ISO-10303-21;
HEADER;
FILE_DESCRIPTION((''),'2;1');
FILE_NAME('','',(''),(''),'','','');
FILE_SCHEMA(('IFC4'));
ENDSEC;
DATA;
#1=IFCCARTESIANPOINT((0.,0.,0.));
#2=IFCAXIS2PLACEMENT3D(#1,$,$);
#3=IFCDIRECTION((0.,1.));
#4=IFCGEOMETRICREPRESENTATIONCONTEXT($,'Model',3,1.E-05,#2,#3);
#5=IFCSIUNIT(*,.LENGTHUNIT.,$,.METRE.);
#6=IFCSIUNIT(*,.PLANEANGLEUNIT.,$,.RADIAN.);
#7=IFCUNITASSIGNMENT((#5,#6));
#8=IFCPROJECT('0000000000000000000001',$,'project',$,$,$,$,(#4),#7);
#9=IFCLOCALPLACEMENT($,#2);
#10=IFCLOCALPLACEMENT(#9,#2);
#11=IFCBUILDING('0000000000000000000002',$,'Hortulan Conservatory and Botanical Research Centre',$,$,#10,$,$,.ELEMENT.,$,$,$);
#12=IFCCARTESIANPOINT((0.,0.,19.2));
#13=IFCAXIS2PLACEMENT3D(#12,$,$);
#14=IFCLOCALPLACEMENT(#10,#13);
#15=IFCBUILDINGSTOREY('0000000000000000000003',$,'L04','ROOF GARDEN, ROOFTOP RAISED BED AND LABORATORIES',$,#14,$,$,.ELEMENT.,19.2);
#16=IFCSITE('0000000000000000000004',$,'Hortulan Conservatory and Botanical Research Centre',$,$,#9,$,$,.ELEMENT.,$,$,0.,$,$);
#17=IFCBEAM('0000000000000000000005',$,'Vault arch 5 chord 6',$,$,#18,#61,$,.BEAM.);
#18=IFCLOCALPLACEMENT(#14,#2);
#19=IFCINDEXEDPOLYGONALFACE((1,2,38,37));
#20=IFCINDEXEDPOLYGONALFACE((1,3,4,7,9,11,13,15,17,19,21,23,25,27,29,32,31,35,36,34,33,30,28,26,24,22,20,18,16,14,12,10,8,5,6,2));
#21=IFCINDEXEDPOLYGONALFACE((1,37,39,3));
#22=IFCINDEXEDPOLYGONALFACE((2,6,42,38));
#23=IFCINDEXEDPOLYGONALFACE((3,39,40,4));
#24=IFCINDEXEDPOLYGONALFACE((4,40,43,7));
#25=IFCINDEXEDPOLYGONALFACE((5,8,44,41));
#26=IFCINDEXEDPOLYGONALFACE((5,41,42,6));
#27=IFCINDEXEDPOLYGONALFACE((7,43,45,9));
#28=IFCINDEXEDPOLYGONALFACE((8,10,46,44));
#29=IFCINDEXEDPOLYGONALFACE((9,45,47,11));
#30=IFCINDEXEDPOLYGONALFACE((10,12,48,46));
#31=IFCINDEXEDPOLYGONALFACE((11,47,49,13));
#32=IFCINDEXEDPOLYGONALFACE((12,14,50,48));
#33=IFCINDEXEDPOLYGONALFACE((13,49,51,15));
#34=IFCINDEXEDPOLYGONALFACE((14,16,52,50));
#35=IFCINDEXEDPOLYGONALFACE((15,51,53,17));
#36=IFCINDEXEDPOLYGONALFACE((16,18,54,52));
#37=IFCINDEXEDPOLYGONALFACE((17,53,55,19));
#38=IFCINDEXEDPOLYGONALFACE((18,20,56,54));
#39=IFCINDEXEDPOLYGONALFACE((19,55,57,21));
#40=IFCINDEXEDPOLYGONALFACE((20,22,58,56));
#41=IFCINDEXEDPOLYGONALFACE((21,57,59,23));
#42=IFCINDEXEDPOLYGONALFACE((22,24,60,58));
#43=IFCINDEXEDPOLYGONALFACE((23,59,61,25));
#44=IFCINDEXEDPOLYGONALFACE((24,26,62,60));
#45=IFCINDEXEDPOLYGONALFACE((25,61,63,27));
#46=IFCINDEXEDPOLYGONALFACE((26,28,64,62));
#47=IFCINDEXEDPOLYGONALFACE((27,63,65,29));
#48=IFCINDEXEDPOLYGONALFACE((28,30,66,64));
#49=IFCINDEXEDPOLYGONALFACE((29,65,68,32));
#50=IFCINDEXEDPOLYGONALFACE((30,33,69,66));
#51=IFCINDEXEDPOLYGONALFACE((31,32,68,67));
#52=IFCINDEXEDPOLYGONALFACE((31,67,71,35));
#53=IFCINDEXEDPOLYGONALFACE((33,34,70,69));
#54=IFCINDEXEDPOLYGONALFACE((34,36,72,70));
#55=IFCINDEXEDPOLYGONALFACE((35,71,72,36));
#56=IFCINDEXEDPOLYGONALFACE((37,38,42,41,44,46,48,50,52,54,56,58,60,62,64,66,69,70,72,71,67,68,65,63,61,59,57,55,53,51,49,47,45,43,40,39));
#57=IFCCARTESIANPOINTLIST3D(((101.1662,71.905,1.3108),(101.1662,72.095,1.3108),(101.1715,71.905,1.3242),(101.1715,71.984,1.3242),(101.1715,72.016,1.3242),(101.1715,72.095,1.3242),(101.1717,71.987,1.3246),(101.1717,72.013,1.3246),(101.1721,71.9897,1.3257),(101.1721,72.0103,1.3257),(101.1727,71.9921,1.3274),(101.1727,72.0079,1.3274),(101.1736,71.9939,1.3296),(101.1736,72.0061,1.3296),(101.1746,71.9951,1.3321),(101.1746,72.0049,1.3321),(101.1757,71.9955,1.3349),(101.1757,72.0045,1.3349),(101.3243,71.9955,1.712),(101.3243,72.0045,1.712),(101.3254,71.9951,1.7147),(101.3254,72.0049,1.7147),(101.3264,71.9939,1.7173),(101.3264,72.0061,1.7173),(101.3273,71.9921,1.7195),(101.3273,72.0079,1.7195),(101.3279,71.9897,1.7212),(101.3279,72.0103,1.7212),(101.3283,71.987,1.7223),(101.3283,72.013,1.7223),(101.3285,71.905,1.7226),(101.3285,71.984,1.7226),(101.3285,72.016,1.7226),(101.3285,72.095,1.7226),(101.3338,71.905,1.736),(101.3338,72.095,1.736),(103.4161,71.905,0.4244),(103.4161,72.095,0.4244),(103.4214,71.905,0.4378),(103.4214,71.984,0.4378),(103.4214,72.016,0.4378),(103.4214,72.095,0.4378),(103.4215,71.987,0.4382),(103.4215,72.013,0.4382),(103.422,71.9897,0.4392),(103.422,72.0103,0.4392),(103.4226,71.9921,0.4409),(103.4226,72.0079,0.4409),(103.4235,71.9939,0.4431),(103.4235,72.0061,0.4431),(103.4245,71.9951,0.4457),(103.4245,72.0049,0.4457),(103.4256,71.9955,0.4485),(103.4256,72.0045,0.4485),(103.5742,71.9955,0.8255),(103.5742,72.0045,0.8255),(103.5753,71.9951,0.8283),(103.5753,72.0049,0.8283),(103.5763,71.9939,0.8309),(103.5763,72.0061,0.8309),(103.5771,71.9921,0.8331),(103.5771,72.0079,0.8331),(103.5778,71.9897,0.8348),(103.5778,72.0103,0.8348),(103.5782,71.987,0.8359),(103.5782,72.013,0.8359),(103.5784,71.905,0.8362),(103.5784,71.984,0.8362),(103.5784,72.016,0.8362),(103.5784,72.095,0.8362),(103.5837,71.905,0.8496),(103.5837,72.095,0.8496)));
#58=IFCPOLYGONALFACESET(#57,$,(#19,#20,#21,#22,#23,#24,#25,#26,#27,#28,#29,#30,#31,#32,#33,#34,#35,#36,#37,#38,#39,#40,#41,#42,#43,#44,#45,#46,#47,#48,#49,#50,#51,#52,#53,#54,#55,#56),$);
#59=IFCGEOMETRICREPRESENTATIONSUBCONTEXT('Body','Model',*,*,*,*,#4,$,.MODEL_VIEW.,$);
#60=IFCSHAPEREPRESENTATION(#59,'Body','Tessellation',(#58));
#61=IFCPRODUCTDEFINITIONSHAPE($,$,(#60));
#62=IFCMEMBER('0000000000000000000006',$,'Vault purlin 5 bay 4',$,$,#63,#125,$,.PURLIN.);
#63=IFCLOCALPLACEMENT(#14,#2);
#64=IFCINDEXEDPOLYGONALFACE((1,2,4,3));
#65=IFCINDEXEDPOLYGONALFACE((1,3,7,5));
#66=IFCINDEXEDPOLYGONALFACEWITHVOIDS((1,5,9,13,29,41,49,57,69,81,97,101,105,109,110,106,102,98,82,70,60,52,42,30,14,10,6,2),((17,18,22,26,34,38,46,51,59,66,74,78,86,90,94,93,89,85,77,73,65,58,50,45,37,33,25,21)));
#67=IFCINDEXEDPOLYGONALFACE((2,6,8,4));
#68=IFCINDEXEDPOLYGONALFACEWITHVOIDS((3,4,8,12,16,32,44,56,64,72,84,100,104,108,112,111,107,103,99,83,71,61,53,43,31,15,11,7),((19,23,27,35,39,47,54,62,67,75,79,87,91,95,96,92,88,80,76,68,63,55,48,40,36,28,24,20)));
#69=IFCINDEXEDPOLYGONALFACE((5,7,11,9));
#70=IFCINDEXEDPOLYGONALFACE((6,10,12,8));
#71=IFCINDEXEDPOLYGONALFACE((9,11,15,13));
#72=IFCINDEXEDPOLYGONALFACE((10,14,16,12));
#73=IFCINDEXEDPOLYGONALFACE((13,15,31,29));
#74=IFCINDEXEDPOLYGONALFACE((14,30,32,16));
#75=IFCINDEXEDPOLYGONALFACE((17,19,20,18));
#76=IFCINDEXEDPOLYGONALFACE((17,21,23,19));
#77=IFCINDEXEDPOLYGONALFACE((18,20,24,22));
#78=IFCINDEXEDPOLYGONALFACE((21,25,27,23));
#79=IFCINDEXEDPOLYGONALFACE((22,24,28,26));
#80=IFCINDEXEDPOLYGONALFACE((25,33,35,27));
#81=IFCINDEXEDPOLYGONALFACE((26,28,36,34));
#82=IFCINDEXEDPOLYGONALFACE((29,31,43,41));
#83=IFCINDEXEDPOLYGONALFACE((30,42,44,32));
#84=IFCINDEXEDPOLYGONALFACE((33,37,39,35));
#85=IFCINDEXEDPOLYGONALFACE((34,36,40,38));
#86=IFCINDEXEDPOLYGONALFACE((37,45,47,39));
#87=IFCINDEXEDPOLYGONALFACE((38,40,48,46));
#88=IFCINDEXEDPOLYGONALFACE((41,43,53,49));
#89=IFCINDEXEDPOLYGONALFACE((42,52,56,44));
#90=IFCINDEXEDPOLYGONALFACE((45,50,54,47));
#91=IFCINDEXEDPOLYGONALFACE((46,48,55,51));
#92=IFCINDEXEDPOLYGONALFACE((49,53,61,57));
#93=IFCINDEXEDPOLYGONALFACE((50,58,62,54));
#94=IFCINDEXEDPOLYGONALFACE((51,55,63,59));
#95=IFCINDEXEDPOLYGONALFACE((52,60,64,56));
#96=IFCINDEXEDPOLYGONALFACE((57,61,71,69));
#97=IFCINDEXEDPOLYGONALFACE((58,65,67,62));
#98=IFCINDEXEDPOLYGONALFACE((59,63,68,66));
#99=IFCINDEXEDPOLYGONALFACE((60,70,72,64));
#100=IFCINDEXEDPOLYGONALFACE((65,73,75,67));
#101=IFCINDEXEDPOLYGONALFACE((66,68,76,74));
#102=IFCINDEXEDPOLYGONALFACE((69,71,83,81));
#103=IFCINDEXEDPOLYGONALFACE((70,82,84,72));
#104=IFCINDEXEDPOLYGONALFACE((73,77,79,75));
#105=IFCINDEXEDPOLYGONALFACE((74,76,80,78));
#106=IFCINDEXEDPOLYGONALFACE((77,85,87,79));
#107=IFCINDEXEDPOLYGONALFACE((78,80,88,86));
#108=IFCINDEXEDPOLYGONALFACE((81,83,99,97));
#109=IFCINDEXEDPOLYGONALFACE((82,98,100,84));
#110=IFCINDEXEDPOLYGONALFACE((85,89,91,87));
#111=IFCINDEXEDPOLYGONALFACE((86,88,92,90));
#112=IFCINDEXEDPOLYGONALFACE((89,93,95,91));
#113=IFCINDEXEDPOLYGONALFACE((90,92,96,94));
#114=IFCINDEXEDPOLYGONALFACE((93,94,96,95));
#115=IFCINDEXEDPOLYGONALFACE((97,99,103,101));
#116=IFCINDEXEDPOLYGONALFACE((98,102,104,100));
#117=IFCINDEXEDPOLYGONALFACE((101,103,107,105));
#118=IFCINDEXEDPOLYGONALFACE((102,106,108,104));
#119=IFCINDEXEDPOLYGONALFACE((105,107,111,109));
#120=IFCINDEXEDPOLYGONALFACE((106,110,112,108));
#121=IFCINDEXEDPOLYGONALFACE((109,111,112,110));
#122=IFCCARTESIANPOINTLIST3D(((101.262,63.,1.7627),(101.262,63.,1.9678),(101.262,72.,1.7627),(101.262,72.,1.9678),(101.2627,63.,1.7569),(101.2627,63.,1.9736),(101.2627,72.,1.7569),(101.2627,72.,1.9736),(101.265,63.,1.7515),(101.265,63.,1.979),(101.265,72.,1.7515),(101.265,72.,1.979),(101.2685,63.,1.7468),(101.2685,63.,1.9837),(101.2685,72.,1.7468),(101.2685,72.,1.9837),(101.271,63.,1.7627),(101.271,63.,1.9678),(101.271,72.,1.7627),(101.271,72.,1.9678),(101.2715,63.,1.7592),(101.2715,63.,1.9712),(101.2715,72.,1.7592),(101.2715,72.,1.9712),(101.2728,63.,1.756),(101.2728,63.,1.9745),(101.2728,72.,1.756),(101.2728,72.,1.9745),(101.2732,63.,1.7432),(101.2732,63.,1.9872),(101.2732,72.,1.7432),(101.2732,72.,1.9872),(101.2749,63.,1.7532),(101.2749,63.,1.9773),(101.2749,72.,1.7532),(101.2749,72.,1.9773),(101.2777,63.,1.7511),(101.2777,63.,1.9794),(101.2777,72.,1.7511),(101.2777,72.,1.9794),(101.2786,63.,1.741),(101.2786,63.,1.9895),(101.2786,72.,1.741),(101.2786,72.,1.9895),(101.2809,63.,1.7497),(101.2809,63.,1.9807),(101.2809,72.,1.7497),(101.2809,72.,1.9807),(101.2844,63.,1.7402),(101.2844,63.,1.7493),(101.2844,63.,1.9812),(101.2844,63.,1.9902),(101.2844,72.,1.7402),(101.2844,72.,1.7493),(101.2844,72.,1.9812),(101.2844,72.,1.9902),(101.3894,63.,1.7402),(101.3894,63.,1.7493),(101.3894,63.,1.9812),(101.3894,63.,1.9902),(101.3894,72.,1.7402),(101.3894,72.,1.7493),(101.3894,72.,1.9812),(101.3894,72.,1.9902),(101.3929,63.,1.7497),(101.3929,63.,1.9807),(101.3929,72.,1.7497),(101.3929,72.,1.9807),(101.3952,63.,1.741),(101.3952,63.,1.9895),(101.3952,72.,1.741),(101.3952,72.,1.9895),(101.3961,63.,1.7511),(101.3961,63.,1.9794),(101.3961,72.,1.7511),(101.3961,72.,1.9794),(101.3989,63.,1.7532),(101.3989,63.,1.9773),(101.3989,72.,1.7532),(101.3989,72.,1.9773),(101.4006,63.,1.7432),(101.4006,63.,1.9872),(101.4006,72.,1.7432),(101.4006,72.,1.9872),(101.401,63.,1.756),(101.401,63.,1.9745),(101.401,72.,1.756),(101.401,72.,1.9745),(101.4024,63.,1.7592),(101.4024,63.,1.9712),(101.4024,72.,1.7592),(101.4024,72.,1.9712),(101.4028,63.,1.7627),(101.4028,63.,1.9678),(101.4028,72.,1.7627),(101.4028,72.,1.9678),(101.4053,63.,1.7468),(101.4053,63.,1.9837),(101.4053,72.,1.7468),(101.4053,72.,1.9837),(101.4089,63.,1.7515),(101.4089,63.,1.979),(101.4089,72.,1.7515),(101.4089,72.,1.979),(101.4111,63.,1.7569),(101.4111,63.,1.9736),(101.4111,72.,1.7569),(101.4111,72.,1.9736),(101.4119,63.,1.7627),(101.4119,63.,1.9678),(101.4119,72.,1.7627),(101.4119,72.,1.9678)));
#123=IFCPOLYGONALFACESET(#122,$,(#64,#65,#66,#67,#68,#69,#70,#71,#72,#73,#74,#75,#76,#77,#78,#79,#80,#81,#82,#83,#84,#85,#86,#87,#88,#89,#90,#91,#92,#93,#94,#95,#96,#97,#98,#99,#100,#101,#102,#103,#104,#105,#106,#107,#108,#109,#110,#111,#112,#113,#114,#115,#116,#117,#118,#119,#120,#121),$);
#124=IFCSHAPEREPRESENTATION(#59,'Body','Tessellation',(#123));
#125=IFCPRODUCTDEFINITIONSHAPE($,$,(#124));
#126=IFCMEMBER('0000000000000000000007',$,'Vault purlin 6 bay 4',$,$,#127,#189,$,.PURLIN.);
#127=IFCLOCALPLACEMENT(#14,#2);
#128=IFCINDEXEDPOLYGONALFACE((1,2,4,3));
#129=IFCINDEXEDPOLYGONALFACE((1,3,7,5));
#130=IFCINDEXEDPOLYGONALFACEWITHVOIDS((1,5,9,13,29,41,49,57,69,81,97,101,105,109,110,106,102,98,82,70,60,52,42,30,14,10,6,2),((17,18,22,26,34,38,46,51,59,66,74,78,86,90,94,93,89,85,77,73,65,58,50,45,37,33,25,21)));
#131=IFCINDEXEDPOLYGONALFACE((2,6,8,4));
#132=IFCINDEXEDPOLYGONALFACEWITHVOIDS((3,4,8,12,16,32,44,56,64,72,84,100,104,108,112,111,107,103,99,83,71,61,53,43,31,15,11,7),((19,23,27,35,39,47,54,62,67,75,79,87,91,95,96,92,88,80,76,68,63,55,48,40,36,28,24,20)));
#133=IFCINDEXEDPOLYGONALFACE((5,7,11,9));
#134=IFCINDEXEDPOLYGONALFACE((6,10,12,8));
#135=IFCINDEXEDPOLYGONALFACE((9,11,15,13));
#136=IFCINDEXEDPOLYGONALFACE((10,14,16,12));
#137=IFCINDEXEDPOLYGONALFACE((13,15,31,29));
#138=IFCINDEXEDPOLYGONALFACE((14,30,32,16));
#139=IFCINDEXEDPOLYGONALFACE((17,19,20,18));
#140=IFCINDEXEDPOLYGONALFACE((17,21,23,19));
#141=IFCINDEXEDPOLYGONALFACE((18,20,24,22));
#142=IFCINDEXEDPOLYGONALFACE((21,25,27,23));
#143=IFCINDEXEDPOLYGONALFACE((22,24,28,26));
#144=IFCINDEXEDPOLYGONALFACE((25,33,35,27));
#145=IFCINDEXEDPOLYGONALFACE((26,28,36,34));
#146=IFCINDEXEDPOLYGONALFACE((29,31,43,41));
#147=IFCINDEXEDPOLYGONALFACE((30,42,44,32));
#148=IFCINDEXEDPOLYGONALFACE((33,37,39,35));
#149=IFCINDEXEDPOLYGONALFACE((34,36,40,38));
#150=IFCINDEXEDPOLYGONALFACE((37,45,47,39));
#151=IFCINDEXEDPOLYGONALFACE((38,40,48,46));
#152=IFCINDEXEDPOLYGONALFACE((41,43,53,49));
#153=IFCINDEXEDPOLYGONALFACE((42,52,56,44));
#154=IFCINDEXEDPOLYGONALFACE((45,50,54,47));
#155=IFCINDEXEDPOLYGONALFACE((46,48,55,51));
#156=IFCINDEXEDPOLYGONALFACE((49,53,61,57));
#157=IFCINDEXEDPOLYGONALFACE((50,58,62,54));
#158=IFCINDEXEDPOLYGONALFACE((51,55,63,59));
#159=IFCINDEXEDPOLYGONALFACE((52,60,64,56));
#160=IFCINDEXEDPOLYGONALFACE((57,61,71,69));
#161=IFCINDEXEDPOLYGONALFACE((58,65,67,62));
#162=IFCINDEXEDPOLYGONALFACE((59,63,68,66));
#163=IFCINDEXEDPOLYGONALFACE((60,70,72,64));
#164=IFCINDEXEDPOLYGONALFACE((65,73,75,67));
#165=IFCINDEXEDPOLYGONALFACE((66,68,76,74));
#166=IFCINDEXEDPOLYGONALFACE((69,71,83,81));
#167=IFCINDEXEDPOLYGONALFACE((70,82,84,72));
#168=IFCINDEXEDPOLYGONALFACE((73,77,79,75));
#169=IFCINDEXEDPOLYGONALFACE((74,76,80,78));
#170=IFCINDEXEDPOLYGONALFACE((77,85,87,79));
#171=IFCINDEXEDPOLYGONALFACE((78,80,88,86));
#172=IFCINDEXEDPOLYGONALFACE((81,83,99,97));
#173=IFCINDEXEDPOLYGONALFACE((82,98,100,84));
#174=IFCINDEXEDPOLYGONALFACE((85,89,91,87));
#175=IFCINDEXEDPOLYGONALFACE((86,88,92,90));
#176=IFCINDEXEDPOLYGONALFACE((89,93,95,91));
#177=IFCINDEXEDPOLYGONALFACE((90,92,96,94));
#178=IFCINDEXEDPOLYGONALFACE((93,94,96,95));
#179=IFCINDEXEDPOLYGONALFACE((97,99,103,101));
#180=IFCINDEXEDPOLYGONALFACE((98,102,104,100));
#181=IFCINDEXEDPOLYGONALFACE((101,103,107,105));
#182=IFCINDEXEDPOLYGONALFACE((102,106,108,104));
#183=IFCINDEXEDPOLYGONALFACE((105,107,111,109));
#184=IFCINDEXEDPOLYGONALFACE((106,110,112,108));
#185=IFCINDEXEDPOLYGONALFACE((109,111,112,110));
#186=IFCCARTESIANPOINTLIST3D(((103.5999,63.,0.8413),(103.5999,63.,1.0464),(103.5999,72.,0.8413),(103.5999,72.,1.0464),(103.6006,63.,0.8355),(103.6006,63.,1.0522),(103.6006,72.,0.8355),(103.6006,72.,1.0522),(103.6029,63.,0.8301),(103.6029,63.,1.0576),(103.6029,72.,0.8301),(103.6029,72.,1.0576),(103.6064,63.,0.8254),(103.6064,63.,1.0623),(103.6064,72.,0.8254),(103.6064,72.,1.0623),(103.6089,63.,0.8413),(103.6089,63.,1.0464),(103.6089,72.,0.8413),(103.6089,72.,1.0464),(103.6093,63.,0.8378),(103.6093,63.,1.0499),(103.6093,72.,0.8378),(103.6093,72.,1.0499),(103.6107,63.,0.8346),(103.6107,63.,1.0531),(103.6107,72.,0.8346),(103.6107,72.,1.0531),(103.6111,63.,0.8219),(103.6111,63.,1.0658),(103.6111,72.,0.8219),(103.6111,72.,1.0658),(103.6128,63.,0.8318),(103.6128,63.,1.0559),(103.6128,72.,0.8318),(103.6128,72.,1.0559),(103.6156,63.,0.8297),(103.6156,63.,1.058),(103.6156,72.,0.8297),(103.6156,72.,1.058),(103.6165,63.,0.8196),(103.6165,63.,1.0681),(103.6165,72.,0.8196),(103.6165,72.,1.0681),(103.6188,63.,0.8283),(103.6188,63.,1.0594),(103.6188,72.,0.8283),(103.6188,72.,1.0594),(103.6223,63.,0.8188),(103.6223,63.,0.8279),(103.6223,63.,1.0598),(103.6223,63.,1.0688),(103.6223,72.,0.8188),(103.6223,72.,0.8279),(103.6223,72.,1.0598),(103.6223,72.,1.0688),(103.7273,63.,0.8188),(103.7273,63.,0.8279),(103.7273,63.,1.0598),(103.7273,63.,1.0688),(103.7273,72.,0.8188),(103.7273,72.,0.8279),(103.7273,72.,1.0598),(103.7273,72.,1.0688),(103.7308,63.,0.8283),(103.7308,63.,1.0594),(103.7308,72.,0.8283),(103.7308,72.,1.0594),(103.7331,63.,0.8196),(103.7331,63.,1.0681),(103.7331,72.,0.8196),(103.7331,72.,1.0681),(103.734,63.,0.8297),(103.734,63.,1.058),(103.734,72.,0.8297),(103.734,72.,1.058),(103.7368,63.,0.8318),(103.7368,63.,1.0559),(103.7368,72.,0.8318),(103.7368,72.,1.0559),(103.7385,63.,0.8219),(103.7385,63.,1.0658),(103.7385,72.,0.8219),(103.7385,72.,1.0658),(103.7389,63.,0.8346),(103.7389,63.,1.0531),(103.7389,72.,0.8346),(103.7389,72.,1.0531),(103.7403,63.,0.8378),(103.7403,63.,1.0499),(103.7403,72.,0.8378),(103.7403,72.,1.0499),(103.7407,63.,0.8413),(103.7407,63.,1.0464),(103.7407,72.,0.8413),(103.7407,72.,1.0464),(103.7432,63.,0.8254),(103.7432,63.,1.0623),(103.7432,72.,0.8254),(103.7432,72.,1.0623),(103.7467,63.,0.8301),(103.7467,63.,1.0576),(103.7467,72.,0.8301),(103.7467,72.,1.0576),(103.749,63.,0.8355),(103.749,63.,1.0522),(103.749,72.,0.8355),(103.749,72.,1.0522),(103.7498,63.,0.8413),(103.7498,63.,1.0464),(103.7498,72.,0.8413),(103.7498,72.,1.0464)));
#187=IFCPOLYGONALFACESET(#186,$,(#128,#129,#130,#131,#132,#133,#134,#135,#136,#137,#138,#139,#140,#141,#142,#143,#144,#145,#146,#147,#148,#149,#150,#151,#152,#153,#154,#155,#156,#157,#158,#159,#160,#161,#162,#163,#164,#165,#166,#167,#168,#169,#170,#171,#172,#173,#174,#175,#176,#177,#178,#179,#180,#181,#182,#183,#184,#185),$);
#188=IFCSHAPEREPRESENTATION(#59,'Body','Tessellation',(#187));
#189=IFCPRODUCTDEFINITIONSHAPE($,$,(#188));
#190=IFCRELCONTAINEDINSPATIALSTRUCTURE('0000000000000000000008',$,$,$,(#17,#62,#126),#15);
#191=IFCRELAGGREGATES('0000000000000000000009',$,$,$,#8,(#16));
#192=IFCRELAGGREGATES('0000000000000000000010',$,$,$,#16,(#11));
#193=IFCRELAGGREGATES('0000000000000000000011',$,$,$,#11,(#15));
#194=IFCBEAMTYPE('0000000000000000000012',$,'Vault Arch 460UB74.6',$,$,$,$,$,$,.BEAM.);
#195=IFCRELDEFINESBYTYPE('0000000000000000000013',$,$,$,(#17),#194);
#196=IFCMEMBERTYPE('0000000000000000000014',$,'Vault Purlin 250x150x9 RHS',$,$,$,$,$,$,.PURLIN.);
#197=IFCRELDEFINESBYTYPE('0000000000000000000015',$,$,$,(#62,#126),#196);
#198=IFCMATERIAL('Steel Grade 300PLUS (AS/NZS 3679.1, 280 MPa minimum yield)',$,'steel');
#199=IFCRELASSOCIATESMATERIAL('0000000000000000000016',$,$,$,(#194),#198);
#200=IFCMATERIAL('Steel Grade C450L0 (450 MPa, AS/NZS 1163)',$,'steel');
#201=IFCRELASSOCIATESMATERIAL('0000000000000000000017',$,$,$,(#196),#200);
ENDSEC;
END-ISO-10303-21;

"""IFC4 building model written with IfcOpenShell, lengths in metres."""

from ifc_helpers import new_model, si_unit, direction, frame, origin, origin_2d, place, context, subcontext, project, spatial, hollow_rectangle, i_section, extrude, material, material_profile, profile_set, type_object, element, save


model = new_model("IFC4")

# Units and contexts
model_context = context("Model", 3, precision=1e-05, world=origin(), true_north=direction((0.0, 1.0)))
body_context = subcontext(model_context, "Body", "Model", "MODEL_VIEW")
ifc_project = project(units=[si_unit("LENGTHUNIT", "METRE"), si_unit("PLANEANGLEUNIT", "RADIAN")], contexts=[model_context])

# Site, building, storey
site_placement = place(None, origin())
site = spatial("IfcSite", under=ifc_project, at=site_placement, Name="Hortulan Conservatory and Botanical Research Centre", CompositionType="ELEMENT", RefElevation=0.0)
building_placement = place(site_placement, origin())
building = spatial("IfcBuilding", under=site, at=building_placement, Name="Hortulan Conservatory and Botanical Research Centre", CompositionType="ELEMENT")
storey_placement = place(building_placement, frame((0.0, 0.0, 19.2)))
storey = spatial("IfcBuildingStorey", under=building, at=storey_placement, Name="L04", Description="ROOF GARDEN, ROOFTOP RAISED BED AND LABORATORIES", CompositionType="ELEMENT", Elevation=19.2)

# Beam
ifc_material_1 = material(Name="Steel Grade 300PLUS (AS/NZS 3679.1, 280 MPa minimum yield)", Category="steel")
ifc_material_profile_1 = material_profile(ifc_material_1, i_section(OverallWidth=0.1899, OverallDepth=0.457, WebThickness=0.009, FlangeThickness=0.0144, FilletRadius=0.0115, at=origin_2d()), Name="460UB74.6")
ifc_profile_set_1 = profile_set([ifc_material_profile_1], Name="Steel Grade 300PLUS (AS/NZS 3679.1, 280 MPa minimum yield)")
beam_type = type_object("IfcBeamType", Name="Vault Arch 460UB74.6", PredefinedType="BEAM", material=ifc_profile_set_1)
beam_placement = place(storey_placement, frame((101.25, 72.0, 1.5234), z_axis=(0.930393, 0.0, -0.366564), x_axis=(0.0, 1.0, 0.0)))
element("IfcBeam", 1, at=beam_placement, inside=storey, type_object=beam_type, Name="Vault arch 5 chord 6", PredefinedType="BEAM", context=body_context, shape_type="SweptSolid", body=[
    extrude(i_section(OverallWidth=0.1899, OverallDepth=0.457, WebThickness=0.009, FlangeThickness=0.0144, FilletRadius=0.0115, at=origin_2d()), origin(), (0.0, 0.0, 1.0), 2.4182),
])

# Members
ifc_material_2 = material(Name="Steel Grade C450L0 (450 MPa, AS/NZS 1163)", Category="steel")
ifc_material_profile_2 = material_profile(ifc_material_2, hollow_rectangle(XDim=0.1499, YDim=0.25, WallThickness=0.009, InnerFilletRadius=0.0134, OuterFilletRadius=0.0225, at=origin_2d()), Name="250x150x9RHS")
ifc_profile_set_2 = profile_set([ifc_material_profile_2], Name="Steel Grade C450L0 (450 MPa, AS/NZS 1163)")
member_type_1 = type_object("IfcMemberType", Name="Vault Purlin 250x150x9 RHS", PredefinedType="PURLIN", material=ifc_profile_set_2)
for number, where, z_axis, x_axis, name in (
    (2, (101.3369, 63.0, 1.8652), (0.0, 1.0, 0.0), (-1.0, 0.0, 0.0), "Vault purlin 5 bay 4"),
    (3, (103.6748, 63.0, 0.9438), (0.0, 1.0, 0.0), (-1.0, 0.0, 0.0), "Vault purlin 6 bay 4"),
):
    element("IfcMember", number, at=place(storey_placement, frame(where, z_axis=z_axis, x_axis=x_axis)), inside=storey, type_object=member_type_1, Name=name, PredefinedType="PURLIN", context=body_context, shape_type="SweptSolid", body=[
        extrude(hollow_rectangle(XDim=0.1499, YDim=0.25, WallThickness=0.009, InnerFilletRadius=0.0134, OuterFilletRadius=0.0225, at=origin_2d()), origin(), (0.0, 0.0, 1.0), 9.0),
    ])

save(model, "model.ifc")
